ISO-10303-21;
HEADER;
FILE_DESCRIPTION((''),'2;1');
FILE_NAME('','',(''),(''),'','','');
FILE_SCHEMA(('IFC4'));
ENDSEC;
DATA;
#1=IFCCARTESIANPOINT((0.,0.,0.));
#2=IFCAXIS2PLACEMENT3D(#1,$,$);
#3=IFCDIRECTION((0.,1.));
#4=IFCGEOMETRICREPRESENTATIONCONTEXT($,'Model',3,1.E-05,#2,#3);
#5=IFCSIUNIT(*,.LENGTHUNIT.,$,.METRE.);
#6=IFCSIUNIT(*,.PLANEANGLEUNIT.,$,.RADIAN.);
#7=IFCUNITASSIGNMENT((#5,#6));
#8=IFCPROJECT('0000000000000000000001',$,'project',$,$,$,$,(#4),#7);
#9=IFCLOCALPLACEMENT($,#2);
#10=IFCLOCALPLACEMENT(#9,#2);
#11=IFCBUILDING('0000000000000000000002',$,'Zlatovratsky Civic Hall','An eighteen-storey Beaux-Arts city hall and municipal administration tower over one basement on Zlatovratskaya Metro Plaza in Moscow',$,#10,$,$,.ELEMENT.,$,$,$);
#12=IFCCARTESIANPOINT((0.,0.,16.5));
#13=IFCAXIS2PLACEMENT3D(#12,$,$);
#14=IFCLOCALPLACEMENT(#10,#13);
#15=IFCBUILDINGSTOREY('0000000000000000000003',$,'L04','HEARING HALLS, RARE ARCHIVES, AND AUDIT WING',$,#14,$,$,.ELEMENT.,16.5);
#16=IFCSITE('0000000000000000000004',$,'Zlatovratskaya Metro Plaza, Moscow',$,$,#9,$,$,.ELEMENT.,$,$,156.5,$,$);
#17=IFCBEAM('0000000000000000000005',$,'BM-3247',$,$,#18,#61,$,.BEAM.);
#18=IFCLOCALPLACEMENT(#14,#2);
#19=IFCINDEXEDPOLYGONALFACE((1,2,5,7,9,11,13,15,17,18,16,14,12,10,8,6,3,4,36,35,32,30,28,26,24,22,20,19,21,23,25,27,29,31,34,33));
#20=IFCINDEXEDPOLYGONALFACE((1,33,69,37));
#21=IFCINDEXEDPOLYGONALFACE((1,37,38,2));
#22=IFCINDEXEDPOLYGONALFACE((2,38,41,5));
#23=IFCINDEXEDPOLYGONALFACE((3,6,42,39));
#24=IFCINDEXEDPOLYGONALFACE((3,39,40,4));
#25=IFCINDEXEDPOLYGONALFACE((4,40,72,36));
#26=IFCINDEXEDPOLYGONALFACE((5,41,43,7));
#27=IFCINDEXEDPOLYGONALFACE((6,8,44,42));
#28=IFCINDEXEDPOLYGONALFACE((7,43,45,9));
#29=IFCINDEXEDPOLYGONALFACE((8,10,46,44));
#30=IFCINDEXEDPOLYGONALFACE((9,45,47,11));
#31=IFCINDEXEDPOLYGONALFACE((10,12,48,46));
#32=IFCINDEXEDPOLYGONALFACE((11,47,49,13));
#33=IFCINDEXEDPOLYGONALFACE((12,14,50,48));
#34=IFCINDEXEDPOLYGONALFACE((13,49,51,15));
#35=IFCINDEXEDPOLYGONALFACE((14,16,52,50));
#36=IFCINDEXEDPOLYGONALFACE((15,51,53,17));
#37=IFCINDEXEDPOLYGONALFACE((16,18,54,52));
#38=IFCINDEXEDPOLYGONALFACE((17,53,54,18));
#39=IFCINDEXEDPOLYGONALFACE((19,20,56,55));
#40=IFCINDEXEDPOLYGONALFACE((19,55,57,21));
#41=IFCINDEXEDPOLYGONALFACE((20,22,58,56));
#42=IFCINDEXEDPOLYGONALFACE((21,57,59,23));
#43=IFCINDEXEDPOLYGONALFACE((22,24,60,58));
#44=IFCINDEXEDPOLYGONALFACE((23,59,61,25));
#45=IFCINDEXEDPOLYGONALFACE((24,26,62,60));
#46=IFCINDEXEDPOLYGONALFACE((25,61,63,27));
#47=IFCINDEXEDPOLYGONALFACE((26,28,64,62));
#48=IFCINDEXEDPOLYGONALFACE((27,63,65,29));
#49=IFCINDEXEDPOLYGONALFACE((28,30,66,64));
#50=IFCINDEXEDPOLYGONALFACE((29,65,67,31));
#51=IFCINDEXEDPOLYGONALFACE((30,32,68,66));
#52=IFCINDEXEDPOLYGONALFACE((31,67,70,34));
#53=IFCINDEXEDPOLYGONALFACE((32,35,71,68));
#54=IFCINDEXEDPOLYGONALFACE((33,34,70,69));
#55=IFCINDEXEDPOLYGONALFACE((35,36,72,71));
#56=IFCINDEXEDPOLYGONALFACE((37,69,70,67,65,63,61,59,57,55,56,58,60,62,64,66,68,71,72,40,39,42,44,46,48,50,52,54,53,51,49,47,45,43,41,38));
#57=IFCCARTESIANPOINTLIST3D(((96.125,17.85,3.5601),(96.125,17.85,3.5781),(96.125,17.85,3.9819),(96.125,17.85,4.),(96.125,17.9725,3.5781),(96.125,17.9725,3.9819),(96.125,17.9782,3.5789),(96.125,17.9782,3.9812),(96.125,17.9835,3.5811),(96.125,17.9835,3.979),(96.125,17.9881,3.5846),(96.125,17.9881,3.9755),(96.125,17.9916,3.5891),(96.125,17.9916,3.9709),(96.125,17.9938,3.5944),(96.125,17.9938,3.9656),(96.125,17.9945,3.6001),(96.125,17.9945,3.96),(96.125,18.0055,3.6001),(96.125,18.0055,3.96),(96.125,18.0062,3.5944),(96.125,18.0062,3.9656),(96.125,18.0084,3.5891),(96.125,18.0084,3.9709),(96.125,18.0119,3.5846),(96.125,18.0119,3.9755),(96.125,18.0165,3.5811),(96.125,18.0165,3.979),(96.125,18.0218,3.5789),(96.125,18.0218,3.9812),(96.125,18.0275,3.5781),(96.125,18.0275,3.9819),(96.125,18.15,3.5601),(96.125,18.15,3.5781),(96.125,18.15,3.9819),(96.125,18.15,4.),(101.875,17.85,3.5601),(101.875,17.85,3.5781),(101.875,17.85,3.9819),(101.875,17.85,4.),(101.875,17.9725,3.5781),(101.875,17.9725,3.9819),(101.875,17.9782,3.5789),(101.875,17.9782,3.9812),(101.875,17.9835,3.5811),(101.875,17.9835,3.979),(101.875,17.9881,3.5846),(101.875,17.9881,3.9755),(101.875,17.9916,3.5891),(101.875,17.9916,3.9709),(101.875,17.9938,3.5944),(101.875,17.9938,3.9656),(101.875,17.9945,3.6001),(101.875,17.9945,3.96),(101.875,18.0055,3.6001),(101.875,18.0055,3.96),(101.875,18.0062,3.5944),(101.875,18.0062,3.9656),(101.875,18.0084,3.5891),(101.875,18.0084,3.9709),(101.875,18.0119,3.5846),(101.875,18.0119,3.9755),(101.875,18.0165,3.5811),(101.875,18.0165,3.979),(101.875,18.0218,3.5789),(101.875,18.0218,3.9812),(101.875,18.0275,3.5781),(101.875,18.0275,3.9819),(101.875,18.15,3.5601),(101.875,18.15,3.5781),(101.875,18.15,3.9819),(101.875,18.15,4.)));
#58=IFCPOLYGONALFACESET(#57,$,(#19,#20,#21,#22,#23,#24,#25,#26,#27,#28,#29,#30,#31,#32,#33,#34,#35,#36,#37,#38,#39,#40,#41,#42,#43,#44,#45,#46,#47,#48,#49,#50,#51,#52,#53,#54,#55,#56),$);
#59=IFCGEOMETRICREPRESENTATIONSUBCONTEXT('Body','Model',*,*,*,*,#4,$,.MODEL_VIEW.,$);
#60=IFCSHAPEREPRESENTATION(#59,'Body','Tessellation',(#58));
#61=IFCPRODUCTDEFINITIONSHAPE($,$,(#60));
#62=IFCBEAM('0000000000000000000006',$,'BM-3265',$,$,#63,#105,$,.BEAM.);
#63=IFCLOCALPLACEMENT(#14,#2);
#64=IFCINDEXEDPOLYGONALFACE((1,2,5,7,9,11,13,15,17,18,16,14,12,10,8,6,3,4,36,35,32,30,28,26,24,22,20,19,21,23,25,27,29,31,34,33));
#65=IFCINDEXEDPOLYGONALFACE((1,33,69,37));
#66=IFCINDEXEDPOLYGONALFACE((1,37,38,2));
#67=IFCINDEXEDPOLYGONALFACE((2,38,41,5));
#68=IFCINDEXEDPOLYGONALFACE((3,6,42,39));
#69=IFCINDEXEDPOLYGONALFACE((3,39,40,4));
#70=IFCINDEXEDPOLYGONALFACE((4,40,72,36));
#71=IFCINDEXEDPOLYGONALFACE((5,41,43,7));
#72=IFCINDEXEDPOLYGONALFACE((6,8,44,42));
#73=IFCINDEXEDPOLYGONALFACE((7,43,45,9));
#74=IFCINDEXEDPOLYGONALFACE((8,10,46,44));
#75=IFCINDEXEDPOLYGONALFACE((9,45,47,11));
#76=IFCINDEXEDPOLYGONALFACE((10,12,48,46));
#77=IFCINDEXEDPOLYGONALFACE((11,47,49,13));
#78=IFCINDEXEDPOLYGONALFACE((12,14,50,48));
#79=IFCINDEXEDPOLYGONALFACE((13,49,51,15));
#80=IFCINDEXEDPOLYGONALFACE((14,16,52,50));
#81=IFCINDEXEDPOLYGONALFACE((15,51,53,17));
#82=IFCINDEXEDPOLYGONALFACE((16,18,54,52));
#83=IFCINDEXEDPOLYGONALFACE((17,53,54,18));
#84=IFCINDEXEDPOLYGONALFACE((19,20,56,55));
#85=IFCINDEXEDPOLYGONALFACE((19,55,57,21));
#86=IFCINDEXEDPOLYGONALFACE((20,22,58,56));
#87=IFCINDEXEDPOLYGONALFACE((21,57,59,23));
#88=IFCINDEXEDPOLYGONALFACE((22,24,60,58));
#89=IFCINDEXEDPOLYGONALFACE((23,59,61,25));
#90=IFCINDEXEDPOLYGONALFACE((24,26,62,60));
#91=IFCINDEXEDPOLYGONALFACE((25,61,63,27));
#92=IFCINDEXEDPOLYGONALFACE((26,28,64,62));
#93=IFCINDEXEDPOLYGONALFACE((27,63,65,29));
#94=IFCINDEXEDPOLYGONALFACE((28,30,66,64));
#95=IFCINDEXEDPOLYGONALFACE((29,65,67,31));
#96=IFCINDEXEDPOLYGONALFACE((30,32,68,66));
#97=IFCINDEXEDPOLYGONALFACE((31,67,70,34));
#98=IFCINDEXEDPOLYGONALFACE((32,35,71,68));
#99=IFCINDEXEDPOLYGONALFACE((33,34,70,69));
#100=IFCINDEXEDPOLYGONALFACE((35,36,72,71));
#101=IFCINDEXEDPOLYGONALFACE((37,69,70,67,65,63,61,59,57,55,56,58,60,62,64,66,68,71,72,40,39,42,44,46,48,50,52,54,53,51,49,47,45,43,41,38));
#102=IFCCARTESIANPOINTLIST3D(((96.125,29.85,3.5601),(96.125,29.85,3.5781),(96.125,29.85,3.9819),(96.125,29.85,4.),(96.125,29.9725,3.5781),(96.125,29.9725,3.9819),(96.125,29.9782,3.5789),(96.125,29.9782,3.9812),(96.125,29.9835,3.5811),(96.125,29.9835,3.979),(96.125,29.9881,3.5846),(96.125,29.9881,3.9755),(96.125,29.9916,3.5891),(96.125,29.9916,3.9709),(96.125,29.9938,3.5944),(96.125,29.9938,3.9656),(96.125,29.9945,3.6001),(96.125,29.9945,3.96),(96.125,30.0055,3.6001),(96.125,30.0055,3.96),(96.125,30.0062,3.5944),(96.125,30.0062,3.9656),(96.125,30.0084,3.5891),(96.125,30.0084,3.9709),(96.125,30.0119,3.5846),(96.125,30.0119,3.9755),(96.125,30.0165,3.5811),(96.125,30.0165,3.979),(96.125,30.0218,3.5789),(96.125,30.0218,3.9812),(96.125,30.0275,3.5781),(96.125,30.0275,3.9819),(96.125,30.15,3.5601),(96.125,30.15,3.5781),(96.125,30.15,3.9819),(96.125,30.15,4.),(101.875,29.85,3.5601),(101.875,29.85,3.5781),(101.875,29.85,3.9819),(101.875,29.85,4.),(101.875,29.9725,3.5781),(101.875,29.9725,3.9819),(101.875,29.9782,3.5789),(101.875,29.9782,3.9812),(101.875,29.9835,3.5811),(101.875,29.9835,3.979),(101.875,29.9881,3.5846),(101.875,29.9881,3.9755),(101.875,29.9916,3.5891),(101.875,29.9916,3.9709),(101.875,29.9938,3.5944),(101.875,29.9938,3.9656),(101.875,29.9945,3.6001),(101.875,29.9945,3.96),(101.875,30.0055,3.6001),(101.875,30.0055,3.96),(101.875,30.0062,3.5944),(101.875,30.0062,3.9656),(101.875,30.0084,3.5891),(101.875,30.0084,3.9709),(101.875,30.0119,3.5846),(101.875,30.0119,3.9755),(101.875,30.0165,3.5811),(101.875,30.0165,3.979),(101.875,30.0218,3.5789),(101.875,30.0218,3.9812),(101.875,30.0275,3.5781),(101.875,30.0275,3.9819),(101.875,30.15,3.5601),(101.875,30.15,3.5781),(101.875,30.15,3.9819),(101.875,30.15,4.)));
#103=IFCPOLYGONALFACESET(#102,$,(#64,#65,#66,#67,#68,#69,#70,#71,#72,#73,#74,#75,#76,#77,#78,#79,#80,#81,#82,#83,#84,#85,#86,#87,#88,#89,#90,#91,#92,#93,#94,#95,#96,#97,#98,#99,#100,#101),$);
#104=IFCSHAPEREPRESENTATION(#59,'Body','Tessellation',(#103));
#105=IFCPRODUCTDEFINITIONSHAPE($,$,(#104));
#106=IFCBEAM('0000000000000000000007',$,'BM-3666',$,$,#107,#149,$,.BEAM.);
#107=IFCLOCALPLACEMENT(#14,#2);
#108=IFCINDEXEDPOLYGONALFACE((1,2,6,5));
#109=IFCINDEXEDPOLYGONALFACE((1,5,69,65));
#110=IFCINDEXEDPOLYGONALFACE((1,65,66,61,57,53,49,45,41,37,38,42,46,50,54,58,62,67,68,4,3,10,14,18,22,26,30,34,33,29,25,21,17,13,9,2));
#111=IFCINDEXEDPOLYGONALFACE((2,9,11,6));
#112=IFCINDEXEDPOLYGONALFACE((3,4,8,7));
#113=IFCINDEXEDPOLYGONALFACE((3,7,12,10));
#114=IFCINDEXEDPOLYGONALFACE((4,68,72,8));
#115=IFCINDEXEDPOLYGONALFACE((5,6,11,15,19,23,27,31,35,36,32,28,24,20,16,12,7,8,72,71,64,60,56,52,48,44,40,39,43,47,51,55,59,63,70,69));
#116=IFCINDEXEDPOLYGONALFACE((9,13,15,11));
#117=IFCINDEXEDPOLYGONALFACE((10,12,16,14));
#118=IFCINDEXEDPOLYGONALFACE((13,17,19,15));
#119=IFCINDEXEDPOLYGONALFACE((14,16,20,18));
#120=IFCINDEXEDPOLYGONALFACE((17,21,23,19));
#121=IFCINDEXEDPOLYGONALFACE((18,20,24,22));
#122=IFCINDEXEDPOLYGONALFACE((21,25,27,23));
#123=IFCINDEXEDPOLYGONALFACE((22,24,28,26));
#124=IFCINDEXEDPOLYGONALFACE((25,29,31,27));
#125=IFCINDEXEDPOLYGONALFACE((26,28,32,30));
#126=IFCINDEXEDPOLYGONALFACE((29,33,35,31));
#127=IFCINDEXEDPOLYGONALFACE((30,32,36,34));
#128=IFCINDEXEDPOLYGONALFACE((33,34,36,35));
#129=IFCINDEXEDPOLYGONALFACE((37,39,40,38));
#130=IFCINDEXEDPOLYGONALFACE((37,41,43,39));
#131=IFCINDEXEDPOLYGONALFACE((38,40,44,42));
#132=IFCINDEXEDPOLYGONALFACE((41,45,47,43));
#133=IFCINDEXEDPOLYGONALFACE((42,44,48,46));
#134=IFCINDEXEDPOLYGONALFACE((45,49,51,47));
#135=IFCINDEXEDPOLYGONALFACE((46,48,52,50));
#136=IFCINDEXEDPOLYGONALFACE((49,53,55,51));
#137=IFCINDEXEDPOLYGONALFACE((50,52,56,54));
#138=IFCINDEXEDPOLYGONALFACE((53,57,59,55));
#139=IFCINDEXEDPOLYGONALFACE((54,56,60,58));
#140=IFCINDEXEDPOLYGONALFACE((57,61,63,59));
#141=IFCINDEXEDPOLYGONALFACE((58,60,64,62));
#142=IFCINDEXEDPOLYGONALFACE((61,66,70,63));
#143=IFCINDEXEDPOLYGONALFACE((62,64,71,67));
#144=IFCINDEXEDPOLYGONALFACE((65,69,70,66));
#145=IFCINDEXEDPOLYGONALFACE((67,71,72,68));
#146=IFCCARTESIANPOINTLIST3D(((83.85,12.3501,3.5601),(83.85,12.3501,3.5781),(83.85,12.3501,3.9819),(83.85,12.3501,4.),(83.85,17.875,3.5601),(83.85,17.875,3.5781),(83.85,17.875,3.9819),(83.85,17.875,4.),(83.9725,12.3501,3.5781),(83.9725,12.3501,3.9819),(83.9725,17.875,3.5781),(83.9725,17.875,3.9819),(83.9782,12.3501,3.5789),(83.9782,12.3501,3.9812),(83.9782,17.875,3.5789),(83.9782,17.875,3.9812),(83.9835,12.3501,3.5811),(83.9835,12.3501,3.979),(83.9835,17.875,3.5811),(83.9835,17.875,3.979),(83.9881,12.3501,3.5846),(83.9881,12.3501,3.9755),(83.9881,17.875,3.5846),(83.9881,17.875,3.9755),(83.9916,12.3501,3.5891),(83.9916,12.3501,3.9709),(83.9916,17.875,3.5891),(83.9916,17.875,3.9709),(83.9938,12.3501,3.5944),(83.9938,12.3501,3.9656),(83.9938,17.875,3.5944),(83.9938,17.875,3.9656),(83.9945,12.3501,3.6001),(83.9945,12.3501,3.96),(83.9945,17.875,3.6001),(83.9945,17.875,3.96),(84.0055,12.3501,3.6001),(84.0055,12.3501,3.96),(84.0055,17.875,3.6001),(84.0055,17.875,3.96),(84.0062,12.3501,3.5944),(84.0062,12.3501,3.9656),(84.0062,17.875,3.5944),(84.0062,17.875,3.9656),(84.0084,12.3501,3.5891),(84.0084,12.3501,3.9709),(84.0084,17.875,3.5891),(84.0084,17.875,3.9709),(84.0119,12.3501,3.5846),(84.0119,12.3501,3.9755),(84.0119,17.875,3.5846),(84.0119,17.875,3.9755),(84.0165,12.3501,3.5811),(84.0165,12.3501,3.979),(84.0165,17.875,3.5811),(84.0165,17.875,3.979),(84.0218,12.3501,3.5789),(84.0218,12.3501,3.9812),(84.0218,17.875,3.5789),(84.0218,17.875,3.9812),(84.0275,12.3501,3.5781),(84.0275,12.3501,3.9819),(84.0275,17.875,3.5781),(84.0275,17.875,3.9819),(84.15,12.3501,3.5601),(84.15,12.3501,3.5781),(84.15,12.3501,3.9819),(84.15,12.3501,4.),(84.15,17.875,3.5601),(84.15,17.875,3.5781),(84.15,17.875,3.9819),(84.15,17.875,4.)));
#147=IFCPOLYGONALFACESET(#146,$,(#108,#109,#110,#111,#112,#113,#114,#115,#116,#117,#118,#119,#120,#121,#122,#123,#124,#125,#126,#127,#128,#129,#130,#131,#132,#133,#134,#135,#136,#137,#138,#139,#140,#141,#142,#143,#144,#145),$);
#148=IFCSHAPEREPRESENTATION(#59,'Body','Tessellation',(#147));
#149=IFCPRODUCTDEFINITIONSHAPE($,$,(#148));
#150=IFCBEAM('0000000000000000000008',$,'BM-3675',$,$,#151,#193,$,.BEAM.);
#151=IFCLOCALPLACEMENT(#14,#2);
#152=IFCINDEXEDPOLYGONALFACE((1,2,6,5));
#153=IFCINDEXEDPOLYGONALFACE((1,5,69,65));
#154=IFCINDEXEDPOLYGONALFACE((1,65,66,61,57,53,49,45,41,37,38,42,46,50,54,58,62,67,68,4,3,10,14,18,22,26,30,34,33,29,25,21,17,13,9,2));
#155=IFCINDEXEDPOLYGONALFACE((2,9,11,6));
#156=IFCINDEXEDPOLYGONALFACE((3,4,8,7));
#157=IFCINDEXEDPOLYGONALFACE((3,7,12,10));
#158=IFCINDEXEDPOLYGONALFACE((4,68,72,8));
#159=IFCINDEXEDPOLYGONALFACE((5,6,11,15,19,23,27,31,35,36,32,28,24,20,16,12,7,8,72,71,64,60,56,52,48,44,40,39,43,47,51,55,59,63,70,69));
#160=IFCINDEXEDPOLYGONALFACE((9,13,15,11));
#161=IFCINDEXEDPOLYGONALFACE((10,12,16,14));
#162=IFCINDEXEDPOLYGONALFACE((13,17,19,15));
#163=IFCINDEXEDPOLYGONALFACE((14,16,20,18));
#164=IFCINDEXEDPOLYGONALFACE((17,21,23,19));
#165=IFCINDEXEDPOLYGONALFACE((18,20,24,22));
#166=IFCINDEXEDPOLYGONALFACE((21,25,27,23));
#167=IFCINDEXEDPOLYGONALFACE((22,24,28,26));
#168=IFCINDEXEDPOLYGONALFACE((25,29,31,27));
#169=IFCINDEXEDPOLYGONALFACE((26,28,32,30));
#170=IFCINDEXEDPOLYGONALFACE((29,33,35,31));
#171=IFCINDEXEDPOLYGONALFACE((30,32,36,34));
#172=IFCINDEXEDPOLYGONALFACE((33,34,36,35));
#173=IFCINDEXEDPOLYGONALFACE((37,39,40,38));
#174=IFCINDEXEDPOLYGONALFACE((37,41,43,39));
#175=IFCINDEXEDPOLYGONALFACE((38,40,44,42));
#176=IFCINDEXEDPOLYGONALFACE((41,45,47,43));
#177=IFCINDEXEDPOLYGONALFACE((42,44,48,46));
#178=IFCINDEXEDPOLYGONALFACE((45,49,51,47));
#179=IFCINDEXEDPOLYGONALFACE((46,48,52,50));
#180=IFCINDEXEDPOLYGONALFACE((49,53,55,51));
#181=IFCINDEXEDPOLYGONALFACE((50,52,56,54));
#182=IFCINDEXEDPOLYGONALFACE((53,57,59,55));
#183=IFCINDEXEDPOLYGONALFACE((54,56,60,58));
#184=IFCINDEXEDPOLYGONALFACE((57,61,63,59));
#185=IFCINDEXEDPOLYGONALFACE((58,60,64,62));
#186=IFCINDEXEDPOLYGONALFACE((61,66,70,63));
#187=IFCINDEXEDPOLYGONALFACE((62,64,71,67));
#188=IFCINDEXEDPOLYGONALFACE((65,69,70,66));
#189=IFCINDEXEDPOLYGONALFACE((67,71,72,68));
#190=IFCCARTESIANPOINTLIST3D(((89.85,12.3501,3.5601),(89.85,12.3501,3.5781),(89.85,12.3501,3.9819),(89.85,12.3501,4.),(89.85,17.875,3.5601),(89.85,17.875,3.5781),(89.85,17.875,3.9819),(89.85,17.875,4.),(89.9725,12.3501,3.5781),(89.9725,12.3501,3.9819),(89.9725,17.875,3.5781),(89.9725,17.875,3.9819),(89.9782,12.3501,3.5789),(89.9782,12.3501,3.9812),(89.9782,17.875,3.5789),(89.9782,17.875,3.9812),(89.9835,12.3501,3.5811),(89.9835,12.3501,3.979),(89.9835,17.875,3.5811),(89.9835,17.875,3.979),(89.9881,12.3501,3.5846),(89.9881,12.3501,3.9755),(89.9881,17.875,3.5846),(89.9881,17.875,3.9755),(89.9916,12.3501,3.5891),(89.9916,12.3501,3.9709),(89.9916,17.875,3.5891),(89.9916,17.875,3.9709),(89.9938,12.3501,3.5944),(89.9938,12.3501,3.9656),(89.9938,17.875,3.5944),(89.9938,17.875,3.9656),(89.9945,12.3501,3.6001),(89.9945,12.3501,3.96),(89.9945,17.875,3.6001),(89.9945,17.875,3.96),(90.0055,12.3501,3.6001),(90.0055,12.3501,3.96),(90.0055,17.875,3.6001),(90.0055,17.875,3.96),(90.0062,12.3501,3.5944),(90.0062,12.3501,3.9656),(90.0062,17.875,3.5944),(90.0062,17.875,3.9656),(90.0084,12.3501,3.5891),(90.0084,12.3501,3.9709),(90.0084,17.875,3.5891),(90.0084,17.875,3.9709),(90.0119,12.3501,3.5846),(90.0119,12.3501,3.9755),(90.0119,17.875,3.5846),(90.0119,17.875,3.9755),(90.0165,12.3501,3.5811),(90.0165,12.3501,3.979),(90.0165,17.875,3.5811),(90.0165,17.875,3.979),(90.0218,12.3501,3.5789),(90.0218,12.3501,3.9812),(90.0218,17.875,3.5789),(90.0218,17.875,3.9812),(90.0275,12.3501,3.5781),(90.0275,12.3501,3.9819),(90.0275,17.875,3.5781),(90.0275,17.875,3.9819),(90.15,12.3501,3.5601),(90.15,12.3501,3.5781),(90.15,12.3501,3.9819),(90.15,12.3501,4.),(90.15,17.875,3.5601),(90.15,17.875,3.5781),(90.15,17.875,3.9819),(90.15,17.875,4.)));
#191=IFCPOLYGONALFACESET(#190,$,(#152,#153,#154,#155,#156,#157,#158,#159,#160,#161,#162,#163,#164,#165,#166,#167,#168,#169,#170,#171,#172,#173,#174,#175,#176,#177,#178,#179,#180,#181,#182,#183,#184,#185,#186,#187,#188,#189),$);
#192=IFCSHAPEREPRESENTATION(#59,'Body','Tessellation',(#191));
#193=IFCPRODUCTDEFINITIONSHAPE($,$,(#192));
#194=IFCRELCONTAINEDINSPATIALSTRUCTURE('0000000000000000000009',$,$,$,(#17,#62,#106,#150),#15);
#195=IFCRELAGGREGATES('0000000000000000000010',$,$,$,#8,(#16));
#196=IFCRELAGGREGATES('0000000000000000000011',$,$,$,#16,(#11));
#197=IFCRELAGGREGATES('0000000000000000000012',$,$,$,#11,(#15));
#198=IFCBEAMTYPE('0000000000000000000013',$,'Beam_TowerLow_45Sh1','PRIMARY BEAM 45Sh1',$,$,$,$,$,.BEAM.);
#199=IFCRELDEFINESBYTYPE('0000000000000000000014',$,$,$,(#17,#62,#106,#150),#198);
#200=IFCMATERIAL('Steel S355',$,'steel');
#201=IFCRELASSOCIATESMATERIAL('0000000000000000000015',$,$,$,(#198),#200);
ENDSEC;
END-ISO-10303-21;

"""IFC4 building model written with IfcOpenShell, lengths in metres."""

from ifc_helpers import new_model, si_unit, direction, frame, origin, origin_2d, place, context, subcontext, project, spatial, i_section, extrude, material, material_profile, profile_set, type_object, element, save


model = new_model("IFC4")

# Units and contexts
model_context = context("Model", 3, precision=1e-05, world=origin(), true_north=direction((0.0, 1.0)))
body_context = subcontext(model_context, "Body", "Model", "MODEL_VIEW")
ifc_project = project(units=[si_unit("LENGTHUNIT", "METRE"), si_unit("PLANEANGLEUNIT", "RADIAN")], contexts=[model_context])

# Site, building, storey
site_placement = place(None, origin())
site = spatial("IfcSite", under=ifc_project, at=site_placement, Name="Zlatovratskaya Metro Plaza, Moscow", CompositionType="ELEMENT", RefElevation=156.5)
building_placement = place(site_placement, origin())
building = spatial("IfcBuilding", under=site, at=building_placement, Name="Zlatovratsky Civic Hall", Description="An eighteen-storey Beaux-Arts city hall and municipal administration tower over one basement on Zlatovratskaya Metro Plaza in Moscow", CompositionType="ELEMENT")
storey_placement = place(building_placement, frame((0.0, 0.0, 16.5)))
storey = spatial("IfcBuildingStorey", under=building, at=storey_placement, Name="L04", Description="HEARING HALLS, RARE ARCHIVES, AND AUDIT WING", CompositionType="ELEMENT", Elevation=16.5)

# Shared definitions
ifc_material_1 = material(Name="Steel S355", Category="steel")

# Beams
ifc_material_profile_1 = material_profile(ifc_material_1, i_section(OverallWidth=0.3, OverallDepth=0.4399, WebThickness=0.011, FlangeThickness=0.0181, FilletRadius=0.022, at=origin_2d()), Name="45Sh1")
ifc_profile_set_1 = profile_set([ifc_material_profile_1], Name="Steel S355")
beam_type_1 = type_object("IfcBeamType", Name="Beam_TowerLow_45Sh1", Description="PRIMARY BEAM 45Sh1", PredefinedType="BEAM", material=ifc_profile_set_1)
for number, where, z_axis, x_axis, name in (
    (1, (96.125, 18.0, 3.78), (1.0, 0.0, 0.0), (0.0, 1.0, 0.0), "BM-3247"),
    (2, (96.125, 30.0, 3.78), (1.0, 0.0, 0.0), (0.0, 1.0, 0.0), "BM-3265"),
):
    element("IfcBeam", number, at=place(storey_placement, frame(where, z_axis=z_axis, x_axis=x_axis)), inside=storey, type_object=beam_type_1, Name=name, PredefinedType="BEAM", context=body_context, shape_type="SweptSolid", body=[
        extrude(i_section(OverallWidth=0.3, OverallDepth=0.4399, WebThickness=0.011, FlangeThickness=0.0181, FilletRadius=0.022, at=origin_2d()), origin(), (0.0, 0.0, 1.0), 5.75),
    ])
for number, where, z_axis, x_axis, name in (
    (3, (84.0, 12.3501, 3.78), (0.0, 1.0, 0.0), (-1.0, 0.0, 0.0), "BM-3666"),
    (4, (90.0, 12.3501, 3.78), (0.0, 1.0, 0.0), (-1.0, 0.0, 0.0), "BM-3675"),
):
    element("IfcBeam", number, at=place(storey_placement, frame(where, z_axis=z_axis, x_axis=x_axis)), inside=storey, type_object=beam_type_1, Name=name, PredefinedType="BEAM", context=body_context, shape_type="SweptSolid", body=[
        extrude(i_section(OverallWidth=0.3, OverallDepth=0.4399, WebThickness=0.011, FlangeThickness=0.0181, FilletRadius=0.022, at=origin_2d()), origin(), (0.0, 0.0, 1.0), 5.5249),
    ])

save(model, "model.ifc")
